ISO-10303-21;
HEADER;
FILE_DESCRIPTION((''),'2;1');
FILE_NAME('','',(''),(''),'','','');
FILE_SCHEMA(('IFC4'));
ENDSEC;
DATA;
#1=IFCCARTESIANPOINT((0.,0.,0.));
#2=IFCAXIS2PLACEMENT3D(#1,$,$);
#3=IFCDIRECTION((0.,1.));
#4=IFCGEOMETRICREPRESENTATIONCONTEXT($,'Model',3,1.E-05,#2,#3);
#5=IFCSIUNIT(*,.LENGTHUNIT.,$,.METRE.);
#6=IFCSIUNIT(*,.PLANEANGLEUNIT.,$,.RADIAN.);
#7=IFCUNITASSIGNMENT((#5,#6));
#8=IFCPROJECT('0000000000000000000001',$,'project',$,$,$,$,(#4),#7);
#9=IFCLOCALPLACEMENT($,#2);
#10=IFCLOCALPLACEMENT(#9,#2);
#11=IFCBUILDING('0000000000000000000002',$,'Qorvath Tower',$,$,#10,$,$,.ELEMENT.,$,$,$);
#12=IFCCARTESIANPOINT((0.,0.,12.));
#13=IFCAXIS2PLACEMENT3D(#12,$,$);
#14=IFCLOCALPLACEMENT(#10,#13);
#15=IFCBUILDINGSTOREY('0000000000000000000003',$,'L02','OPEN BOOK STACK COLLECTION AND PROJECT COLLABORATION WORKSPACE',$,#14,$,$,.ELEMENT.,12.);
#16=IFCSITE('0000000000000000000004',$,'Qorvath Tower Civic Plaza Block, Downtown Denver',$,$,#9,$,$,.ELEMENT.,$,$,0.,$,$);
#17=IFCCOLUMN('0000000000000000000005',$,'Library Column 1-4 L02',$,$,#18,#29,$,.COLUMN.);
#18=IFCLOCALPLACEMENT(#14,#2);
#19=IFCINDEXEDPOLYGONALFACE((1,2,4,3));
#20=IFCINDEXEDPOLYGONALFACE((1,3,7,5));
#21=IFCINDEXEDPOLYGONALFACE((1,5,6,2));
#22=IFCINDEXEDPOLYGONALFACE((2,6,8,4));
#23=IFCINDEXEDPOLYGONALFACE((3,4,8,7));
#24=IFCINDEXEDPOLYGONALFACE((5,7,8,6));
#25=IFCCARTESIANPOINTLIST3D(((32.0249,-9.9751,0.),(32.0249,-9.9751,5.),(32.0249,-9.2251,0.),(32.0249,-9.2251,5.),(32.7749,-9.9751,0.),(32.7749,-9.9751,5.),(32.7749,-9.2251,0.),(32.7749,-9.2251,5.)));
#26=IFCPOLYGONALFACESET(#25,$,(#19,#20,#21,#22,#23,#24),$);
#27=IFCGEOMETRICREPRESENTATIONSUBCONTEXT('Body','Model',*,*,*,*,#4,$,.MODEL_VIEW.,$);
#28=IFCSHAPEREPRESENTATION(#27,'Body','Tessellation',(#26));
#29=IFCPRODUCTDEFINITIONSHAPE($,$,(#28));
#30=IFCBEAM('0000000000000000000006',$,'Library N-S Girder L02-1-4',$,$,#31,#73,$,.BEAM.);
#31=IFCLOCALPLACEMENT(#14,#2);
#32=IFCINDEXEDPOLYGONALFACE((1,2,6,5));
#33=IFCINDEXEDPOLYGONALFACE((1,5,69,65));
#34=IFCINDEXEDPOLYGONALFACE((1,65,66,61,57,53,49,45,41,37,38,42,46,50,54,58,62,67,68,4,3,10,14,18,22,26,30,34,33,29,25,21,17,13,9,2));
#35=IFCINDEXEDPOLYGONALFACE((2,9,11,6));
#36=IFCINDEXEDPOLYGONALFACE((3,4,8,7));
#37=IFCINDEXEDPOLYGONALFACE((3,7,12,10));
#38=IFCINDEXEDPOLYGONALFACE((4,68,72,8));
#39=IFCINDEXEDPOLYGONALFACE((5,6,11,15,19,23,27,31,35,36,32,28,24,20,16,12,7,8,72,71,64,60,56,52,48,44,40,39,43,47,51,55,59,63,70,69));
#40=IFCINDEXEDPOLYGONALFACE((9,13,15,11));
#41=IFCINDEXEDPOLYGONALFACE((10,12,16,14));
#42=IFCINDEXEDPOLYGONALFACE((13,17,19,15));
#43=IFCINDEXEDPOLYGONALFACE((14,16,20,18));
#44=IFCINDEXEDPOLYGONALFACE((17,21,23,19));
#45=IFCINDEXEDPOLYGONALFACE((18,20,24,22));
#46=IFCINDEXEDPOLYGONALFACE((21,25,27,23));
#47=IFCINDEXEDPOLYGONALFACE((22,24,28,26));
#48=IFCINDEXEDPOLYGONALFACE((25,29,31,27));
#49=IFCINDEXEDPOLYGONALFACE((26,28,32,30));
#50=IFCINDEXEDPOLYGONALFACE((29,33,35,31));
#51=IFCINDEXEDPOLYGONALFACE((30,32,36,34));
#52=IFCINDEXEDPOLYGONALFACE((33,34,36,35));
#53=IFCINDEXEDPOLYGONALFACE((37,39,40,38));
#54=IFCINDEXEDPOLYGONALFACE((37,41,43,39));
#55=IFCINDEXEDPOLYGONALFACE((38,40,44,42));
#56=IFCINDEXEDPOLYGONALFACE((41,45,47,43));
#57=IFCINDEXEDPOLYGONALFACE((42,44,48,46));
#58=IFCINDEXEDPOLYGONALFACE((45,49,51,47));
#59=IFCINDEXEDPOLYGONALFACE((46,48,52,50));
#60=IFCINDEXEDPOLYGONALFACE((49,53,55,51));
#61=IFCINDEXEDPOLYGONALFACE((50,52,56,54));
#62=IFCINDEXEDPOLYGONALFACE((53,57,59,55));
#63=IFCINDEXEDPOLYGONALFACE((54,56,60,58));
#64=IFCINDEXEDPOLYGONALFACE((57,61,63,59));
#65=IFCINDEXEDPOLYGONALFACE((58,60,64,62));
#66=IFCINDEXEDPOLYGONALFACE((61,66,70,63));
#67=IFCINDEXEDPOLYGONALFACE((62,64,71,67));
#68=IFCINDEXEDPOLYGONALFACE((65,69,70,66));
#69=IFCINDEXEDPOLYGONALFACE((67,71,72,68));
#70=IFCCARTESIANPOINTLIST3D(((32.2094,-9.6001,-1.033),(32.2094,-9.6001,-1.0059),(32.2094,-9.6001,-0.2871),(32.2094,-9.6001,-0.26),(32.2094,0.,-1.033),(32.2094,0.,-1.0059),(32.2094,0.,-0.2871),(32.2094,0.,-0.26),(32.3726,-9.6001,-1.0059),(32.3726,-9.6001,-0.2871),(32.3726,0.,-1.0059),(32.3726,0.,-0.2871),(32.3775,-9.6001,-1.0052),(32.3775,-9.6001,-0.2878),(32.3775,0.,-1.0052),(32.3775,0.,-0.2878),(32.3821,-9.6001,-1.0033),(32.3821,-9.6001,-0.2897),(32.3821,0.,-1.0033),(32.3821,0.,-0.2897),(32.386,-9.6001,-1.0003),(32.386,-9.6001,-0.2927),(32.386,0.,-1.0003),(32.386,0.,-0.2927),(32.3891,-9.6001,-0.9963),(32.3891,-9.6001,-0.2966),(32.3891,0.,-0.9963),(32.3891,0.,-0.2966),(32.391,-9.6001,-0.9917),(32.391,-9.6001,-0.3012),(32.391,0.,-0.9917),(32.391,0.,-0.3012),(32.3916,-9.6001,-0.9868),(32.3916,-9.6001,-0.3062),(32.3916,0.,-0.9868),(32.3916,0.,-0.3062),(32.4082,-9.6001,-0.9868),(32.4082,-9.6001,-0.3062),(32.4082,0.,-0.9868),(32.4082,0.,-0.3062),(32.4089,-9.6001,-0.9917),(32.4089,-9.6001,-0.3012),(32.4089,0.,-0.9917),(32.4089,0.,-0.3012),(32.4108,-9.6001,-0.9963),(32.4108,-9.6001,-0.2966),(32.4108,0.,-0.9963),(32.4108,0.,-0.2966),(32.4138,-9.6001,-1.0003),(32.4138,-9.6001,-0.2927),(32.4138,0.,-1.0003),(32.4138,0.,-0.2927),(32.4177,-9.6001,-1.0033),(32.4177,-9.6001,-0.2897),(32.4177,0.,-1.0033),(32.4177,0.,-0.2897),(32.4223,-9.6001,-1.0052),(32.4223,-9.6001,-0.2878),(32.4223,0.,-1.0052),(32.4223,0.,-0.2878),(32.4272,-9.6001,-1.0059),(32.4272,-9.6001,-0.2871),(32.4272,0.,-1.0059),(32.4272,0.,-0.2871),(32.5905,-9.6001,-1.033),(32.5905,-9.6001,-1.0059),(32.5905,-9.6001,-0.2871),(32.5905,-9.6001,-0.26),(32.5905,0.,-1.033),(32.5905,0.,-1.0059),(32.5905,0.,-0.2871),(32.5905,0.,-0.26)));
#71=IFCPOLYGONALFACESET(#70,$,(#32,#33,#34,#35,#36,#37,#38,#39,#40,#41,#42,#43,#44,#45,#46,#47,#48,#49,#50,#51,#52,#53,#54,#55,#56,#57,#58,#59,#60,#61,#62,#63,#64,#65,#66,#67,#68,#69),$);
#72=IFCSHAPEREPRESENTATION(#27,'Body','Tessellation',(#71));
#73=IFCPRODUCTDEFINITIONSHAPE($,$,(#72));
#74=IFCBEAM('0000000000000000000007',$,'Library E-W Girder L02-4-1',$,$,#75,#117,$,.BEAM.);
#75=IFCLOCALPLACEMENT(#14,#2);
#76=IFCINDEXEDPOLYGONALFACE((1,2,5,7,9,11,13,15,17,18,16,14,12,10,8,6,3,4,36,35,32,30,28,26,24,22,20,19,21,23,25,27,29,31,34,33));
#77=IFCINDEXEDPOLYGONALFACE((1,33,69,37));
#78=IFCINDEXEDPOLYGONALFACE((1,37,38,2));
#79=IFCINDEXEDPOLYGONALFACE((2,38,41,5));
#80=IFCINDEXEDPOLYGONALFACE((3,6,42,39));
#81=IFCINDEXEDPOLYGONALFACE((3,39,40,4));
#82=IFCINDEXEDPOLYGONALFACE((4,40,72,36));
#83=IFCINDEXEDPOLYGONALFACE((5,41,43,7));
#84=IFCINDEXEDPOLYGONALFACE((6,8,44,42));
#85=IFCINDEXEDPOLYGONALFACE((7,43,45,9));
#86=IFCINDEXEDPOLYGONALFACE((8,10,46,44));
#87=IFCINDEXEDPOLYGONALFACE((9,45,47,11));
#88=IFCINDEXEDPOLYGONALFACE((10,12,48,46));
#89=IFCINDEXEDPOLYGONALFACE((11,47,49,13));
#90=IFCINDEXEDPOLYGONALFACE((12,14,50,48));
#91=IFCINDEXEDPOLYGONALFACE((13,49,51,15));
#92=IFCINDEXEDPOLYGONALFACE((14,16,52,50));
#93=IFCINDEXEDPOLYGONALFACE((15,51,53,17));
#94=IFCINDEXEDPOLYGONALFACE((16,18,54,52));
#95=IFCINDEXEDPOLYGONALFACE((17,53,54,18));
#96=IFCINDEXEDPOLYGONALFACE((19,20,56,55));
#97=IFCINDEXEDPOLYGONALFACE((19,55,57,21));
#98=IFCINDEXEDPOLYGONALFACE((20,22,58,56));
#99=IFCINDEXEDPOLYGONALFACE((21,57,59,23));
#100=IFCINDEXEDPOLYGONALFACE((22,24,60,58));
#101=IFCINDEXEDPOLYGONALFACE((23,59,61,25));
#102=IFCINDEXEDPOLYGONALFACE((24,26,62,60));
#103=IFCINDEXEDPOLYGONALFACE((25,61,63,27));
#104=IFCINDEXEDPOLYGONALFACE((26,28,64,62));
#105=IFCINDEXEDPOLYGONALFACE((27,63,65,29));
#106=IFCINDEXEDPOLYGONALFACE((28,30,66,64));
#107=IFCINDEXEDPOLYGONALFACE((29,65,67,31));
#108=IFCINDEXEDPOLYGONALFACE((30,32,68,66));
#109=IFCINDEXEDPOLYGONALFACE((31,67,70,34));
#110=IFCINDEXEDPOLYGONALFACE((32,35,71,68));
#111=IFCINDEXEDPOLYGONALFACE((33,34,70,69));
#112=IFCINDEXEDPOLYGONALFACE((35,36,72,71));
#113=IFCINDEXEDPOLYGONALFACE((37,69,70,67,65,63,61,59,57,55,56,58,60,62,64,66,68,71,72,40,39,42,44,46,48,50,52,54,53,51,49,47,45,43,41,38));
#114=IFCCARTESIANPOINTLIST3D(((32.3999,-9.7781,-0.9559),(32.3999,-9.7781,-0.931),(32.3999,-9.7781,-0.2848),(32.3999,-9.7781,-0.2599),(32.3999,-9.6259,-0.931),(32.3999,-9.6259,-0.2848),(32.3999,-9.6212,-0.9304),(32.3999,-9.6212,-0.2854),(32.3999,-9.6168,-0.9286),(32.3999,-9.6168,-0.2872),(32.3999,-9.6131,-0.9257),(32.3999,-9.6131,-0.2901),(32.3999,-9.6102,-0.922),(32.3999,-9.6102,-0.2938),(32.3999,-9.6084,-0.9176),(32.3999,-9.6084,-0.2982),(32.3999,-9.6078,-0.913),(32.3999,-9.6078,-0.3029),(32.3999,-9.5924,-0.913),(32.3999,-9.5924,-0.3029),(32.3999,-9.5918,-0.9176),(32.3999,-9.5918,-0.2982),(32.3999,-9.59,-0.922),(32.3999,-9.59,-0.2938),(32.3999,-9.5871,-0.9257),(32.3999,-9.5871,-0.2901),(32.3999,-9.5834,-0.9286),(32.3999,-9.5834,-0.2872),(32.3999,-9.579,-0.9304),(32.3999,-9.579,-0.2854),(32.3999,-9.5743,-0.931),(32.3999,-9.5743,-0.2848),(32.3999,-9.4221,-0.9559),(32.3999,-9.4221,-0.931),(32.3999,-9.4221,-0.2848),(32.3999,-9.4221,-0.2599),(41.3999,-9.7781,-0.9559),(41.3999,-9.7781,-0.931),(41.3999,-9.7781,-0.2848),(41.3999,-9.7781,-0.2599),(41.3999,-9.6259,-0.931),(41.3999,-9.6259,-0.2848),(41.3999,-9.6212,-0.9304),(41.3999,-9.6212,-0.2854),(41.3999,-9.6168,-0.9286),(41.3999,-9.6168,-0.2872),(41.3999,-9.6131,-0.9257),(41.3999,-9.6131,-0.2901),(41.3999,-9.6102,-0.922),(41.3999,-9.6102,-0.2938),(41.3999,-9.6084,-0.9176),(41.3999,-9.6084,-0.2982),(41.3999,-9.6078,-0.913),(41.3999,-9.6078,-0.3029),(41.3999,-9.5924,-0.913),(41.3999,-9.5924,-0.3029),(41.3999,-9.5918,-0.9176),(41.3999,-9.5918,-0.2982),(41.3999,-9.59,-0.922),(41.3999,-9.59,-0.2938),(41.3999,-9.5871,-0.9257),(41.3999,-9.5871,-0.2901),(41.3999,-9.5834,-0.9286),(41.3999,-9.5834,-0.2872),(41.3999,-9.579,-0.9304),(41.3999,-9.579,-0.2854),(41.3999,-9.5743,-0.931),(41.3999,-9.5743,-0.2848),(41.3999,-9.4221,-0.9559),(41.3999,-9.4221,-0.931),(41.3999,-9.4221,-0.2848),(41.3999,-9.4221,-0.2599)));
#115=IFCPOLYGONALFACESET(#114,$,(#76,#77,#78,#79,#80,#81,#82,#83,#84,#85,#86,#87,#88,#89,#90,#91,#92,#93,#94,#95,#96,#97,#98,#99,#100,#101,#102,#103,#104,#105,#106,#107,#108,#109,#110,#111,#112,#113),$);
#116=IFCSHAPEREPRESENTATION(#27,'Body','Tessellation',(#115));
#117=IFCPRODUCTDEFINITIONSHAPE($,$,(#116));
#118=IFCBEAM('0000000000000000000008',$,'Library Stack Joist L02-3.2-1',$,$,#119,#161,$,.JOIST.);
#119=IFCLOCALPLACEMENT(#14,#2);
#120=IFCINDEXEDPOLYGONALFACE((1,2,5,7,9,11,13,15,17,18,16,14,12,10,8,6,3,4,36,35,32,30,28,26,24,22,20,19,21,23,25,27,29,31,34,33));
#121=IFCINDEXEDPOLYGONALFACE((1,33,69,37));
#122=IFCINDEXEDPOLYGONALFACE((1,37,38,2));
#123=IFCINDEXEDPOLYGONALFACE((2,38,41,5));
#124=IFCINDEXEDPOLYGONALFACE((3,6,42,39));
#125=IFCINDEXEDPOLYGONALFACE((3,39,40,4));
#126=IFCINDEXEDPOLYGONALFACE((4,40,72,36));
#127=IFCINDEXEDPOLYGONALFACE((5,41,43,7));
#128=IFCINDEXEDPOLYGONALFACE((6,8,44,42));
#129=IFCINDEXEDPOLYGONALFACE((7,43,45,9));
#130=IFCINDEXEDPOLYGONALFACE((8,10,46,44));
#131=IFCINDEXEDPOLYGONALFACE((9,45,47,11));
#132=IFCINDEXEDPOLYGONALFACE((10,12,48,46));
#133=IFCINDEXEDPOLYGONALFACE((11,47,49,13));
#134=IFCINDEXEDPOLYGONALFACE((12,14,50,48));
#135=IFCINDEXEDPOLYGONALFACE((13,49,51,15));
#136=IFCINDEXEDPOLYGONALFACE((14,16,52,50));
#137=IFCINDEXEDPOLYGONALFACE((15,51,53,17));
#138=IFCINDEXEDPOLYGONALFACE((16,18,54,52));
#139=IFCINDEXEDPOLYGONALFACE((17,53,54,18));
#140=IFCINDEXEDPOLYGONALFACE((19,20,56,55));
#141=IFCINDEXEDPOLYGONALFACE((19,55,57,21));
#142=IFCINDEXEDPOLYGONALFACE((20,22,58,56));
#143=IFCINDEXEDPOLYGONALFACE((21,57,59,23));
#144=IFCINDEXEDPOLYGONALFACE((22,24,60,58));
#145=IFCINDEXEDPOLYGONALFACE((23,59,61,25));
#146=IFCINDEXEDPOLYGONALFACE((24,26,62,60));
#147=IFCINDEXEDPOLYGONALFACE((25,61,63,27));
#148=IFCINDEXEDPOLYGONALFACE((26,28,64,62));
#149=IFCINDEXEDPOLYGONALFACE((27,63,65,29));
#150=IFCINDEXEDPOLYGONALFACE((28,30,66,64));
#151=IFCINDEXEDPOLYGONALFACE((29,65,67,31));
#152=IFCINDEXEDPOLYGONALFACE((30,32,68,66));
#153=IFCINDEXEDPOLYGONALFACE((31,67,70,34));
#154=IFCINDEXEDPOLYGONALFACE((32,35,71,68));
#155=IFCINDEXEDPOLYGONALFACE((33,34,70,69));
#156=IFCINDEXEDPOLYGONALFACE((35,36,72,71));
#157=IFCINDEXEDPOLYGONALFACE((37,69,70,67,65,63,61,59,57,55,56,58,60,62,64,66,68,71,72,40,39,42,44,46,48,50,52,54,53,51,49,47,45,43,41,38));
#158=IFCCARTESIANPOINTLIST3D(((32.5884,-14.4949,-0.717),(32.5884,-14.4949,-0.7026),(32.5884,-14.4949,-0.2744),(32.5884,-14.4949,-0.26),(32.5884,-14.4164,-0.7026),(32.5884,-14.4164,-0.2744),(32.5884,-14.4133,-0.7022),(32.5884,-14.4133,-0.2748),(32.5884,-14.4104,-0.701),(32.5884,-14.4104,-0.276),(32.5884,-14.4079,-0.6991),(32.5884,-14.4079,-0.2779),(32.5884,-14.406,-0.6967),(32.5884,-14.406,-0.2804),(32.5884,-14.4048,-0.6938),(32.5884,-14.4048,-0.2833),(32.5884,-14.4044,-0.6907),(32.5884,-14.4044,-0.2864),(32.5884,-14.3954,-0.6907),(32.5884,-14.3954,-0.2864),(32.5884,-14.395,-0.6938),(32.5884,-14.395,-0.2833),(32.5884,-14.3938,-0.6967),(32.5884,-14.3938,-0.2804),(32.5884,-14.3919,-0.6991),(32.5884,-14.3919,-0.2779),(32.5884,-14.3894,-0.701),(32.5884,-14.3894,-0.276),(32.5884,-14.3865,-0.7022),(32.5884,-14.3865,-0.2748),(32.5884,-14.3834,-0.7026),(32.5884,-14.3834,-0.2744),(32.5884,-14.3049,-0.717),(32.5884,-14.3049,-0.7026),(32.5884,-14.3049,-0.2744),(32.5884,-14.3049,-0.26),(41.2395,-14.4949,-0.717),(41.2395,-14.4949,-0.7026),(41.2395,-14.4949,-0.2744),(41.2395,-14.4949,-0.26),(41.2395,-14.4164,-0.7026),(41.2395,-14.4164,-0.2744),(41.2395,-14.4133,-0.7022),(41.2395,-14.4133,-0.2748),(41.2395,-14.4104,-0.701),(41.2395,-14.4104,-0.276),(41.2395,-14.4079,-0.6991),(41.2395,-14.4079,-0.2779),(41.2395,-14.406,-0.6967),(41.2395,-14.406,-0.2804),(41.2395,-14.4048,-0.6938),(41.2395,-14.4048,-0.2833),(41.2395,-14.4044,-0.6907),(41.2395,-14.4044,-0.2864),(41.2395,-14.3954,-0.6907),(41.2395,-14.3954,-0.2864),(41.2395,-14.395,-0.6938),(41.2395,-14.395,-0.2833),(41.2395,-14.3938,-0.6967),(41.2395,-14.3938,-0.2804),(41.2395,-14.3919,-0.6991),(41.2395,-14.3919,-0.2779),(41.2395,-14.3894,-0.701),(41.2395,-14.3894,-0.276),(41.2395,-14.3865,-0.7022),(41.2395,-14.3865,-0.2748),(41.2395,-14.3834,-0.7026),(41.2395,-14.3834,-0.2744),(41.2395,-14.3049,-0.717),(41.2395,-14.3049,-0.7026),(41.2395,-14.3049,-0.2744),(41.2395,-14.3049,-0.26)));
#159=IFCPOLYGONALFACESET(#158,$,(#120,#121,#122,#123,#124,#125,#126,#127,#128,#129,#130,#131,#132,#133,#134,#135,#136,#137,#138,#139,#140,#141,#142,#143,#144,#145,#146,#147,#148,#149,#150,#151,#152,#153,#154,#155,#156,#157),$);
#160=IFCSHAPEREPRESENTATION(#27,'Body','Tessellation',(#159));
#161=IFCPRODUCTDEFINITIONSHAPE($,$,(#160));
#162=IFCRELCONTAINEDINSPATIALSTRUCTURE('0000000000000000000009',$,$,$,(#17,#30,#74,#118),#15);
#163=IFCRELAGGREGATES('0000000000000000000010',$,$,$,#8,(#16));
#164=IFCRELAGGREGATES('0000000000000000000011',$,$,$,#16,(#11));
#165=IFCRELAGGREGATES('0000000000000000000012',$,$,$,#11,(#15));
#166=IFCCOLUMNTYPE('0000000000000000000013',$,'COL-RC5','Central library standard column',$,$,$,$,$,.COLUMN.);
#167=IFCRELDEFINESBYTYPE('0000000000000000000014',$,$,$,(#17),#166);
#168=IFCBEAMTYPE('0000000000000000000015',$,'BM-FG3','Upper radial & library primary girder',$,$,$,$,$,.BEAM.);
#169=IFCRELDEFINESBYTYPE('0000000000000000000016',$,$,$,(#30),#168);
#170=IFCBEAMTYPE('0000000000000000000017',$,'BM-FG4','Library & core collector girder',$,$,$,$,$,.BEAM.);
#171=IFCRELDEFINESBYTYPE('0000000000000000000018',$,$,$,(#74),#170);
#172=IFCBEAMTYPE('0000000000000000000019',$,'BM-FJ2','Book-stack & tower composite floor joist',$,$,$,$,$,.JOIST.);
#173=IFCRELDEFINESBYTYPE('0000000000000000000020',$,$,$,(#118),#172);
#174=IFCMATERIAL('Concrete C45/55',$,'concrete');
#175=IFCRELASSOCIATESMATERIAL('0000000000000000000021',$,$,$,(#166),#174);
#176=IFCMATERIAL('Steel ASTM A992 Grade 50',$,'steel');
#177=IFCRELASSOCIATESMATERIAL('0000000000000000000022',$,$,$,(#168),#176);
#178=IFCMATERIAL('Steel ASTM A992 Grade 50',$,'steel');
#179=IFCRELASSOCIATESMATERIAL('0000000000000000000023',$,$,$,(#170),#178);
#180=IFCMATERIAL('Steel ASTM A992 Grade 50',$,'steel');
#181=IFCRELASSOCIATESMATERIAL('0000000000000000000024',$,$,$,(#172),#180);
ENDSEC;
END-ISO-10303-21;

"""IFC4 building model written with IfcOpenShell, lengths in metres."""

from ifc_helpers import new_model, si_unit, direction, frame, origin, origin_2d, place, context, subcontext, project, spatial, rectangle, i_section, extrude, material, material_profile, profile_set, type_object, element, save


model = new_model("IFC4")

# Units and contexts
model_context = context("Model", 3, precision=1e-05, world=origin(), true_north=direction((0.0, 1.0)))
body_context = subcontext(model_context, "Body", "Model", "MODEL_VIEW")
ifc_project = project(units=[si_unit("LENGTHUNIT", "METRE"), si_unit("PLANEANGLEUNIT", "RADIAN")], contexts=[model_context])

# Site, building, storey
site_placement = place(None, origin())
site = spatial("IfcSite", under=ifc_project, at=site_placement, Name="Qorvath Tower Civic Plaza Block, Downtown Denver", CompositionType="ELEMENT", RefElevation=0.0)
building_placement = place(site_placement, origin())
building = spatial("IfcBuilding", under=site, at=building_placement, Name="Qorvath Tower", CompositionType="ELEMENT")
storey_placement = place(building_placement, frame((0.0, 0.0, 12.0)))
storey = spatial("IfcBuildingStorey", under=building, at=storey_placement, Name="L02", Description="OPEN BOOK STACK COLLECTION AND PROJECT COLLABORATION WORKSPACE", CompositionType="ELEMENT", Elevation=12.0)

# Column
ifc_material_1 = material(Name="Concrete C45/55", Category="concrete")
ifc_material_profile_1 = material_profile(ifc_material_1, rectangle(XDim=0.75, YDim=0.75, at=origin_2d()), Name="RC 750x750")
ifc_profile_set_1 = profile_set([ifc_material_profile_1], Name="Concrete C45/55")
column_type = type_object("IfcColumnType", Name="COL-RC5", Description="Central library standard column", PredefinedType="COLUMN", material=ifc_profile_set_1)
column_placement = place(storey_placement, frame((32.3999, -9.6001, 0.0), z_axis=(0.0, 0.0, 1.0), x_axis=(1.0, 0.0, 0.0)))
element("IfcColumn", 1, at=column_placement, inside=storey, type_object=column_type, Name="Library Column 1-4 L02", PredefinedType="COLUMN", context=body_context, shape_type="SweptSolid", body=[
    extrude(rectangle(XDim=0.75, YDim=0.75, at=origin_2d()), origin(), (0.0, 0.0, 1.0), 5.0),
])

# Beams
ifc_material_2 = material(Name="Steel ASTM A992 Grade 50", Category="steel")
ifc_material_profile_2 = material_profile(ifc_material_2, i_section(OverallWidth=0.3811, OverallDepth=0.7729, WebThickness=0.0166, FlangeThickness=0.0271, FilletRadius=0.019, at=origin_2d()), Name="W30x173")
ifc_profile_set_2 = profile_set([ifc_material_profile_2], Name="Steel ASTM A992 Grade 50")
beam_type_1 = type_object("IfcBeamType", Name="BM-FG3", Description="Upper radial & library primary girder", PredefinedType="BEAM", material=ifc_profile_set_2)
beam_1_placement = place(storey_placement, frame((32.3999, -9.6001, -0.6465), z_axis=(0.0, 1.0, 0.0), x_axis=(-1.0, 0.0, 0.0)))
element("IfcBeam", 2, at=beam_1_placement, inside=storey, type_object=beam_type_1, Name="Library N-S Girder L02-1-4", PredefinedType="BEAM", context=body_context, shape_type="SweptSolid", body=[
    extrude(i_section(OverallWidth=0.3811, OverallDepth=0.7729, WebThickness=0.0166, FlangeThickness=0.0271, FilletRadius=0.019, at=origin_2d()), origin(), (0.0, 0.0, 1.0), 9.6001),
])
ifc_material_3 = material(Name="Steel ASTM A992 Grade 50", Category="steel")
ifc_material_profile_3 = material_profile(ifc_material_3, i_section(OverallWidth=0.356, OverallDepth=0.696, WebThickness=0.0154, FlangeThickness=0.0249, FilletRadius=0.0181, at=origin_2d()), Name="W27x146")
ifc_profile_set_3 = profile_set([ifc_material_profile_3], Name="Steel ASTM A992 Grade 50")
beam_type_2 = type_object("IfcBeamType", Name="BM-FG4", Description="Library & core collector girder", PredefinedType="BEAM", material=ifc_profile_set_3)
beam_2_placement = place(storey_placement, frame((32.3999, -9.6001, -0.6079), z_axis=(1.0, 0.0, 0.0), x_axis=(0.0, 1.0, 0.0)))
element("IfcBeam", 3, at=beam_2_placement, inside=storey, type_object=beam_type_2, Name="Library E-W Girder L02-4-1", PredefinedType="BEAM", context=body_context, shape_type="SweptSolid", body=[
    extrude(i_section(OverallWidth=0.356, OverallDepth=0.696, WebThickness=0.0154, FlangeThickness=0.0249, FilletRadius=0.0181, at=origin_2d()), origin(), (0.0, 0.0, 1.0), 9.0),
])
ifc_material_4 = material(Name="Steel ASTM A992 Grade 50", Category="steel")
ifc_material_profile_4 = material_profile(ifc_material_4, i_section(OverallWidth=0.1899, OverallDepth=0.457, WebThickness=0.009, FlangeThickness=0.0144, FilletRadius=0.012, at=origin_2d()), Name="W18x50")
ifc_profile_set_4 = profile_set([ifc_material_profile_4], Name="Steel ASTM A992 Grade 50")
beam_type_3 = type_object("IfcBeamType", Name="BM-FJ2", Description="Book-stack & tower composite floor joist", PredefinedType="JOIST", material=ifc_profile_set_4)
for number, where, z_axis, x_axis, name in (
    (4, (32.5884, -14.3999, -0.4885), (1.0, 0.0, 0.0), (0.0, 1.0, 0.0), "Library Stack Joist L02-3.2-1"),
):
    element("IfcBeam", number, at=place(storey_placement, frame(where, z_axis=z_axis, x_axis=x_axis)), inside=storey, type_object=beam_type_3, Name=name, PredefinedType="JOIST", context=body_context, shape_type="SweptSolid", body=[
        extrude(i_section(OverallWidth=0.1899, OverallDepth=0.457, WebThickness=0.009, FlangeThickness=0.0144, FilletRadius=0.012, at=origin_2d()), origin(), (0.0, 0.0, 1.0), 8.6511),
    ])

save(model, "model.ifc")
